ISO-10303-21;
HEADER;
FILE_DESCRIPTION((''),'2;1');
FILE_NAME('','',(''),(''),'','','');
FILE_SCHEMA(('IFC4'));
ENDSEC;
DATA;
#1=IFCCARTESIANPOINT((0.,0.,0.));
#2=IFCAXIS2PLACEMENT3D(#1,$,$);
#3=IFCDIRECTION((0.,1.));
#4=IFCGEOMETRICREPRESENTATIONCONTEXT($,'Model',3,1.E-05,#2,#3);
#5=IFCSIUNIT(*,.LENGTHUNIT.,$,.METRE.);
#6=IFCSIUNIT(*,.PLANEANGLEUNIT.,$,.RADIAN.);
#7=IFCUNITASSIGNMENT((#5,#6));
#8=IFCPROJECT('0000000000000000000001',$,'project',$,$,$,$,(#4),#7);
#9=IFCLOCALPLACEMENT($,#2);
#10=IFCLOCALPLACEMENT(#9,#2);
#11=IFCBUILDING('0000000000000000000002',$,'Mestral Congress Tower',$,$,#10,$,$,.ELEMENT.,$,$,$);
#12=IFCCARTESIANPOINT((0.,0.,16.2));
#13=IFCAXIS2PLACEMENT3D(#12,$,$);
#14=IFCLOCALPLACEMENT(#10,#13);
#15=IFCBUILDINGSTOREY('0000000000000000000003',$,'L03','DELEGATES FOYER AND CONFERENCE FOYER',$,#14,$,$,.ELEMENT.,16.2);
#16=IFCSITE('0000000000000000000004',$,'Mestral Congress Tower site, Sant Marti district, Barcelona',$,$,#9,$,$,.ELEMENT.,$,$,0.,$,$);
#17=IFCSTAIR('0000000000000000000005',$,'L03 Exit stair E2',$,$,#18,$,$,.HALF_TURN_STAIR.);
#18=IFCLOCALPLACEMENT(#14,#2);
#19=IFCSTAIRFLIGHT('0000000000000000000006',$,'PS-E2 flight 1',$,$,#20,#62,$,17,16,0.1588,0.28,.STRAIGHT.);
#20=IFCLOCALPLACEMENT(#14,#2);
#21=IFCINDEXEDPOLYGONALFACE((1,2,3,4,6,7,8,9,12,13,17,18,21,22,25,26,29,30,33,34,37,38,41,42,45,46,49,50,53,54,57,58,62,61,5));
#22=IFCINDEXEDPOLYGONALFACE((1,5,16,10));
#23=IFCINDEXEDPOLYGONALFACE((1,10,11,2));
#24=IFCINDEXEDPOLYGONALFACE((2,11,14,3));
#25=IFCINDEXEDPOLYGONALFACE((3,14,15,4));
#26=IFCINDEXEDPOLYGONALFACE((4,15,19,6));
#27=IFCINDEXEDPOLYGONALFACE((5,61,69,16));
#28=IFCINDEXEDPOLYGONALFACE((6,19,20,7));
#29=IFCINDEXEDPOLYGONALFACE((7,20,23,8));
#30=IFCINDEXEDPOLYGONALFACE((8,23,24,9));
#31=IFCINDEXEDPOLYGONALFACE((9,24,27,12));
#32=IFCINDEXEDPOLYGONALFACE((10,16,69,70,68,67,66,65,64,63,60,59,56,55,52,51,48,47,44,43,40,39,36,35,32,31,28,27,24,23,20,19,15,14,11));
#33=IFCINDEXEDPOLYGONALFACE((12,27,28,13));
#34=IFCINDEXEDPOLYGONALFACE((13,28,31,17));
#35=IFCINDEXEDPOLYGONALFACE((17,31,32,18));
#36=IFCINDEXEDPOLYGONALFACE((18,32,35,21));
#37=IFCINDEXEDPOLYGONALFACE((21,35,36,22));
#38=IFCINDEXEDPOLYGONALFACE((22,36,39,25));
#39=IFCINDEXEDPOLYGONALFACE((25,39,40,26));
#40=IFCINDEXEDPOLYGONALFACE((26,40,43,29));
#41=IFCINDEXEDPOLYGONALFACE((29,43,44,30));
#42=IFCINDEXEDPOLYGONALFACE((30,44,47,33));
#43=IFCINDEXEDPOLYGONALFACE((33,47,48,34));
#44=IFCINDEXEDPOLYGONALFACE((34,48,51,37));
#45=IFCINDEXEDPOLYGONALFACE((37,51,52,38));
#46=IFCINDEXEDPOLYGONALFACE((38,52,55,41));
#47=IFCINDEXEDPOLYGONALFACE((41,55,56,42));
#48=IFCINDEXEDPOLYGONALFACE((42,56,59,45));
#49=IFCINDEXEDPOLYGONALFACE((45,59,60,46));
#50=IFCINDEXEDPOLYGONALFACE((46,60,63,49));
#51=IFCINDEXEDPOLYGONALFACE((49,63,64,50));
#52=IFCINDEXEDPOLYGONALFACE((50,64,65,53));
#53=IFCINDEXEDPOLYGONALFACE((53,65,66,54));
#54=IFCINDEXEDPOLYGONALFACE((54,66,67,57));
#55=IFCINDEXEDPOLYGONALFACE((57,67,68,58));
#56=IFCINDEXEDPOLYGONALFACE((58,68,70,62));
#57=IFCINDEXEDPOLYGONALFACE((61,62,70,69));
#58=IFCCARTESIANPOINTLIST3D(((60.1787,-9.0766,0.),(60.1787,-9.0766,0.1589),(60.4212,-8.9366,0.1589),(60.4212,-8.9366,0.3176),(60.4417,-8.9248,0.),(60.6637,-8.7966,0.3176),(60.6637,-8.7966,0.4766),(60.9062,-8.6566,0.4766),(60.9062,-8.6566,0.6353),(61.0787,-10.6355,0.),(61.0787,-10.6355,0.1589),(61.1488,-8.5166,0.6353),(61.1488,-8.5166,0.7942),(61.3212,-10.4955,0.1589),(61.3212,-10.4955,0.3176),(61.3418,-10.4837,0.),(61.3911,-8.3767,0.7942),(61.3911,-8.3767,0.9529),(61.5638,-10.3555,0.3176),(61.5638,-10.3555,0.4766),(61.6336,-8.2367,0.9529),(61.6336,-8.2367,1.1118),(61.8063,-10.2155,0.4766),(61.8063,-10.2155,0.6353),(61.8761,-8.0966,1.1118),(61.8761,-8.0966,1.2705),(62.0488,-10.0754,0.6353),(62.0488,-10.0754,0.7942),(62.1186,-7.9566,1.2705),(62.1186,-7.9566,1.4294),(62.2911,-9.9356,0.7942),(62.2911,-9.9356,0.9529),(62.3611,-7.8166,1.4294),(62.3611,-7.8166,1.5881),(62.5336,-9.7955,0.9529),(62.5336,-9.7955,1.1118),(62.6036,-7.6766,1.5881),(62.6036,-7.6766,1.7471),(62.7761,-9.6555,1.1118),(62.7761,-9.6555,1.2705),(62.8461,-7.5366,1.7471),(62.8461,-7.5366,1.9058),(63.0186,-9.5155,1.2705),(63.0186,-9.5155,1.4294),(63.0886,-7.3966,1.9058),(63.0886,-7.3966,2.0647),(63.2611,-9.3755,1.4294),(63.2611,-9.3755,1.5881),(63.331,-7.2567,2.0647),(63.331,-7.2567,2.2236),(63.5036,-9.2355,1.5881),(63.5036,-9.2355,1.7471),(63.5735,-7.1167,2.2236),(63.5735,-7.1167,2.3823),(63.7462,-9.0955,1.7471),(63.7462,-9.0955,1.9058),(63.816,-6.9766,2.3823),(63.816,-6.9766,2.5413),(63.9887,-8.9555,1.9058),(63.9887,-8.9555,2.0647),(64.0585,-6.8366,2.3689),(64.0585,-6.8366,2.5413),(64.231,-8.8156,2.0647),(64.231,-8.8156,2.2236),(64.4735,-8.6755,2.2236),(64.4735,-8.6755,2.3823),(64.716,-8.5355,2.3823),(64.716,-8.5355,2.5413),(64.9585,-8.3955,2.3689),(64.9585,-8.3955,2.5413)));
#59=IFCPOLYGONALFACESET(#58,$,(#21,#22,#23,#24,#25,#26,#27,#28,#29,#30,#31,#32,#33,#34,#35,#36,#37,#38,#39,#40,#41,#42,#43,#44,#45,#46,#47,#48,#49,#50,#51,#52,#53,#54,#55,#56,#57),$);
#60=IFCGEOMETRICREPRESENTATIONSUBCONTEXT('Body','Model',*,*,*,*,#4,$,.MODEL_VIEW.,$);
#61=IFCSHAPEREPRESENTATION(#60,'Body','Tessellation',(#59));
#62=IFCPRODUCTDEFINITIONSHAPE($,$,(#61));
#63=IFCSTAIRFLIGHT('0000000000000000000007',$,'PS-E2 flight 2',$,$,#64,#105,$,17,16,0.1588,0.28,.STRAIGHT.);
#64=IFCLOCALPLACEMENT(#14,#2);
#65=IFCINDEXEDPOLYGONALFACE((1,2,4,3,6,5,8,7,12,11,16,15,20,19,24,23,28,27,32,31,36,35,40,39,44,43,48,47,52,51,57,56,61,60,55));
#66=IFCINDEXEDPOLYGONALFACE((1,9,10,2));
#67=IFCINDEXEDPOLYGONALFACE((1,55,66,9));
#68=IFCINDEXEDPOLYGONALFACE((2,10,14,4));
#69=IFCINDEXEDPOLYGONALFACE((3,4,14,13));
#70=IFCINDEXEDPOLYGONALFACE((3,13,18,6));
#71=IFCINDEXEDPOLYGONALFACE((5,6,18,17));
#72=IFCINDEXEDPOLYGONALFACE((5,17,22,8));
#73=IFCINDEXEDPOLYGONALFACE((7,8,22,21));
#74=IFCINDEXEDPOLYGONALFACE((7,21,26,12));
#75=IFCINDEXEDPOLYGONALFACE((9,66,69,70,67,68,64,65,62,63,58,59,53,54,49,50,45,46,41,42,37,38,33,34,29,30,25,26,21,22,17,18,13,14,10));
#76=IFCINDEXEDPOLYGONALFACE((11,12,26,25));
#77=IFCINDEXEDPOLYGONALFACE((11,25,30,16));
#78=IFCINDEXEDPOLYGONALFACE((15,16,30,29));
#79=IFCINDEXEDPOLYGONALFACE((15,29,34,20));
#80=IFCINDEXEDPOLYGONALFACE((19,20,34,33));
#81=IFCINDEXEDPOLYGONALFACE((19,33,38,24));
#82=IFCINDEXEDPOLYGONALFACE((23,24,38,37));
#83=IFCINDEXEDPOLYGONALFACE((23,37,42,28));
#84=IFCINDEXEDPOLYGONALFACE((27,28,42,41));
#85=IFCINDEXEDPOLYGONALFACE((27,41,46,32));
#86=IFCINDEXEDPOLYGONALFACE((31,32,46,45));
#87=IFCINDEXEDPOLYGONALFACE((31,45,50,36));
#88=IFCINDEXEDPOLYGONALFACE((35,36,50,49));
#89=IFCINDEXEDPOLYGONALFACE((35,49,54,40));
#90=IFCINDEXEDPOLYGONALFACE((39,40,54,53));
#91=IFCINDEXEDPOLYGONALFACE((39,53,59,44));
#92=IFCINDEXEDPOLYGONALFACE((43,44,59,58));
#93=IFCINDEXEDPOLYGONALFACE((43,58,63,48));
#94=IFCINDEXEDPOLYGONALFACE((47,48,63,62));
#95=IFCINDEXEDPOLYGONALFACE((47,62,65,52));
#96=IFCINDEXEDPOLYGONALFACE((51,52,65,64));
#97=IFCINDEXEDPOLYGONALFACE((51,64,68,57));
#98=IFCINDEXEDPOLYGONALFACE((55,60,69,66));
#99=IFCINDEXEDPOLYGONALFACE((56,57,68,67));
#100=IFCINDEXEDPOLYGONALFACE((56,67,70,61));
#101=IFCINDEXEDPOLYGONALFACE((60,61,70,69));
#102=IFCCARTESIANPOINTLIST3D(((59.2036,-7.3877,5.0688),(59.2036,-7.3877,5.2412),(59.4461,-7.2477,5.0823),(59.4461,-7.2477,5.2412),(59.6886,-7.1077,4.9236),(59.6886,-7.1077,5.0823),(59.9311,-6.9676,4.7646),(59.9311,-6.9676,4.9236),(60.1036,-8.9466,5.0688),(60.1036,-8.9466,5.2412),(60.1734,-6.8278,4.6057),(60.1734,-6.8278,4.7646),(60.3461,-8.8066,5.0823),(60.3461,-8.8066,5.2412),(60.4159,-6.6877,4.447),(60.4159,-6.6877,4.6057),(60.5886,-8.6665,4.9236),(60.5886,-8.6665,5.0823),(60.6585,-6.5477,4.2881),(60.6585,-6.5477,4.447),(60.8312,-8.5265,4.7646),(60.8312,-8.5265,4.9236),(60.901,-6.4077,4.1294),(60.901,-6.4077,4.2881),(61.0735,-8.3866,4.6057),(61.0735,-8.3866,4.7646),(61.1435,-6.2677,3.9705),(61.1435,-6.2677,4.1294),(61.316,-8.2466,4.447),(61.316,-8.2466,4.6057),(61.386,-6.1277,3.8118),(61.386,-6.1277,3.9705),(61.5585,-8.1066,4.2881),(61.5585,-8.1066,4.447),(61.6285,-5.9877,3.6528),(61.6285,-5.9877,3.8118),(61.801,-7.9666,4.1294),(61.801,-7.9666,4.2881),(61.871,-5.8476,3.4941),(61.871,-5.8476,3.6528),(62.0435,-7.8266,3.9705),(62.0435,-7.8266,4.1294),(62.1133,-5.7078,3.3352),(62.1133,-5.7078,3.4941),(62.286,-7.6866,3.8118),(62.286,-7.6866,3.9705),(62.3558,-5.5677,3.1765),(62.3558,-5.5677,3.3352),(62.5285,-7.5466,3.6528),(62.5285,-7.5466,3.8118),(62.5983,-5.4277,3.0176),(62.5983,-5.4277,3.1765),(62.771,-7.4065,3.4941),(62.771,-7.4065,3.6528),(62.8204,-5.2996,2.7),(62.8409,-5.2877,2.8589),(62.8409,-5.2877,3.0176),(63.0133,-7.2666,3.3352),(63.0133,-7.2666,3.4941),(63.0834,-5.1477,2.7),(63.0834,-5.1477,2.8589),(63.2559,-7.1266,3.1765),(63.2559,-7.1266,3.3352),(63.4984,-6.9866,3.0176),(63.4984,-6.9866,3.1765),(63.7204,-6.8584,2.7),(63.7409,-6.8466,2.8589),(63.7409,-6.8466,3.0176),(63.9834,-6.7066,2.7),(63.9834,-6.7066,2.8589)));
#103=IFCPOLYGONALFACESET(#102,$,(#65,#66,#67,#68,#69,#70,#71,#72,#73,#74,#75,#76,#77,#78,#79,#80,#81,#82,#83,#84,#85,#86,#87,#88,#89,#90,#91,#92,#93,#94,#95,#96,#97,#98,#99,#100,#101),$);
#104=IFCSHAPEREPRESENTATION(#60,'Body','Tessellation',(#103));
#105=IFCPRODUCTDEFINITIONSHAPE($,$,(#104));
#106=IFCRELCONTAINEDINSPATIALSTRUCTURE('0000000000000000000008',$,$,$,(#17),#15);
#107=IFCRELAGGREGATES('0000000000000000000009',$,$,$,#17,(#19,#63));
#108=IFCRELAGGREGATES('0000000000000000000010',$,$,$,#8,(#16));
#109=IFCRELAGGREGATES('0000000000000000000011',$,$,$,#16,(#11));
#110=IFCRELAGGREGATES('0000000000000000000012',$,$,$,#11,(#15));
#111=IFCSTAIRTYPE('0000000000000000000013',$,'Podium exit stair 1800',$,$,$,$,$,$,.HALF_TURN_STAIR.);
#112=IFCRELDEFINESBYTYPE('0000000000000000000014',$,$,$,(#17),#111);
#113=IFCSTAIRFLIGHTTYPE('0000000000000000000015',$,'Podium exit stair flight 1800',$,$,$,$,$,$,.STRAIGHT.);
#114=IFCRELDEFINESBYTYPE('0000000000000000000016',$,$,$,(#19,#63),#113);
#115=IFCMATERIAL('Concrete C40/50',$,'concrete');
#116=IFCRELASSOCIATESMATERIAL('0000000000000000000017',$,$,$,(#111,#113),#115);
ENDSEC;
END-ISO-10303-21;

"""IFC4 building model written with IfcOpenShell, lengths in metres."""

from ifc_helpers import new_model, si_unit, direction, frame, origin, place, context, subcontext, project, spatial, polyline, outline, extrude, material, type_object, element, aggregate, save


model = new_model("IFC4")

# Units and contexts
model_context = context("Model", 3, precision=1e-05, world=origin(), true_north=direction((0.0, 1.0)))
body_context = subcontext(model_context, "Body", "Model", "MODEL_VIEW")
ifc_project = project(units=[si_unit("LENGTHUNIT", "METRE"), si_unit("PLANEANGLEUNIT", "RADIAN")], contexts=[model_context])

# Site, building, storey
site_placement = place(None, origin())
site = spatial("IfcSite", under=ifc_project, at=site_placement, Name="Mestral Congress Tower site, Sant Marti district, Barcelona", CompositionType="ELEMENT", RefElevation=0.0)
building_placement = place(site_placement, origin())
building = spatial("IfcBuilding", under=site, at=building_placement, Name="Mestral Congress Tower", CompositionType="ELEMENT")
storey_placement = place(building_placement, frame((0.0, 0.0, 16.2)))
storey = spatial("IfcBuildingStorey", under=building, at=storey_placement, Name="L03", Description="DELEGATES FOYER AND CONFERENCE FOYER", CompositionType="ELEMENT", Elevation=16.2)

# Stair, stair flights
ifc_material_1 = material(Name="Concrete C40/50", Category="concrete")
stair_type = type_object("IfcStairType", Name="Podium exit stair 1800", PredefinedType="HALF_TURN_STAIR", material=ifc_material_1)
stair_placement = place(storey_placement, origin())
stair = element("IfcStair", 1, at=stair_placement, inside=storey, type_object=stair_type, Name="L03 Exit stair E2", PredefinedType="HALF_TURN_STAIR")
stair_flight_type = type_object("IfcStairFlightType", Name="Podium exit stair flight 1800", PredefinedType="STRAIGHT", material=ifc_material_1)
stair_flight_1_placement = place(storey_placement, frame((60.6287, -9.856, 0.0), z_axis=(0.0, 0.0, 1.0), x_axis=(0.866025, 0.5, 0.0)))
stair_flight_1 = element("IfcStairFlight", 2, at=stair_flight_1_placement, type_object=stair_flight_type, Name="PS-E2 flight 1", NumberOfRisers=17, NumberOfTreads=16, PredefinedType="STRAIGHT", RiserHeight=0.1588, TreadLength=0.28, context=body_context, shape_type="SweptSolid", body=[
    extrude(outline(polyline([(0.0, 0.0), (0.0, 0.1589), (0.28, 0.1589), (0.28, 0.3176), (0.5601, 0.3176), (0.5601, 0.4766), (0.8401, 0.4766), (0.8401, 0.6353), (1.1201, 0.6353), (1.1201, 0.7942), (1.3999, 0.7942), (1.3999, 0.9529), (1.6799, 0.9529), (1.6799, 1.1118), (1.96, 1.1118), (1.96, 1.2705), (2.24, 1.2705), (2.24, 1.4294), (2.52, 1.4294), (2.52, 1.5881), (2.8, 1.5881), (2.8, 1.7471), (3.0801, 1.7471), (3.0801, 1.9058), (3.3601, 1.9058), (3.3601, 2.0647), (3.6399, 2.0647), (3.6399, 2.2236), (3.9199, 2.2236), (3.9199, 2.3823), (4.2, 2.3823), (4.2, 2.5413), (4.48, 2.5413), (4.48, 2.7), (4.48, 2.3689), (0.3037, 0.0), (0.0, 0.0)])), frame((0.0, 0.8999, 0.0), z_axis=(0.0, -1.0, 0.0), x_axis=(1.0, 0.0, 0.0)), (0.0, 0.0, 1.0), 1.8),
])
stair_flight_2_placement = place(storey_placement, frame((63.5334, -5.9272, 2.7), z_axis=(0.0, 0.0, 1.0), x_axis=(-0.866025, -0.5, 0.0)))
stair_flight_2 = element("IfcStairFlight", 3, at=stair_flight_2_placement, type_object=stair_flight_type, Name="PS-E2 flight 2", NumberOfRisers=17, NumberOfTreads=16, PredefinedType="STRAIGHT", RiserHeight=0.1588, TreadLength=0.28, context=body_context, shape_type="SweptSolid", body=[
    extrude(outline(polyline([(0.0, 0.0), (0.0, 0.1589), (0.28, 0.1589), (0.28, 0.3176), (0.5601, 0.3176), (0.5601, 0.4766), (0.8401, 0.4766), (0.8401, 0.6353), (1.1201, 0.6353), (1.1201, 0.7942), (1.3999, 0.7942), (1.3999, 0.9529), (1.6799, 0.9529), (1.6799, 1.1118), (1.96, 1.1118), (1.96, 1.2705), (2.24, 1.2705), (2.24, 1.4294), (2.52, 1.4294), (2.52, 1.5881), (2.8, 1.5881), (2.8, 1.7471), (3.0801, 1.7471), (3.0801, 1.9058), (3.3601, 1.9058), (3.3601, 2.0647), (3.6399, 2.0647), (3.6399, 2.2236), (3.9199, 2.2236), (3.9199, 2.3823), (4.2, 2.3823), (4.2, 2.5413), (4.48, 2.5413), (4.48, 2.7), (4.48, 2.3689), (0.3037, 0.0), (0.0, 0.0)])), frame((0.0, 0.8999, 0.0), z_axis=(0.0, -1.0, 0.0), x_axis=(1.0, 0.0, 0.0)), (0.0, 0.0, 1.0), 1.8),
])
aggregate(stair, [stair_flight_1, stair_flight_2])

save(model, "model.ifc")
